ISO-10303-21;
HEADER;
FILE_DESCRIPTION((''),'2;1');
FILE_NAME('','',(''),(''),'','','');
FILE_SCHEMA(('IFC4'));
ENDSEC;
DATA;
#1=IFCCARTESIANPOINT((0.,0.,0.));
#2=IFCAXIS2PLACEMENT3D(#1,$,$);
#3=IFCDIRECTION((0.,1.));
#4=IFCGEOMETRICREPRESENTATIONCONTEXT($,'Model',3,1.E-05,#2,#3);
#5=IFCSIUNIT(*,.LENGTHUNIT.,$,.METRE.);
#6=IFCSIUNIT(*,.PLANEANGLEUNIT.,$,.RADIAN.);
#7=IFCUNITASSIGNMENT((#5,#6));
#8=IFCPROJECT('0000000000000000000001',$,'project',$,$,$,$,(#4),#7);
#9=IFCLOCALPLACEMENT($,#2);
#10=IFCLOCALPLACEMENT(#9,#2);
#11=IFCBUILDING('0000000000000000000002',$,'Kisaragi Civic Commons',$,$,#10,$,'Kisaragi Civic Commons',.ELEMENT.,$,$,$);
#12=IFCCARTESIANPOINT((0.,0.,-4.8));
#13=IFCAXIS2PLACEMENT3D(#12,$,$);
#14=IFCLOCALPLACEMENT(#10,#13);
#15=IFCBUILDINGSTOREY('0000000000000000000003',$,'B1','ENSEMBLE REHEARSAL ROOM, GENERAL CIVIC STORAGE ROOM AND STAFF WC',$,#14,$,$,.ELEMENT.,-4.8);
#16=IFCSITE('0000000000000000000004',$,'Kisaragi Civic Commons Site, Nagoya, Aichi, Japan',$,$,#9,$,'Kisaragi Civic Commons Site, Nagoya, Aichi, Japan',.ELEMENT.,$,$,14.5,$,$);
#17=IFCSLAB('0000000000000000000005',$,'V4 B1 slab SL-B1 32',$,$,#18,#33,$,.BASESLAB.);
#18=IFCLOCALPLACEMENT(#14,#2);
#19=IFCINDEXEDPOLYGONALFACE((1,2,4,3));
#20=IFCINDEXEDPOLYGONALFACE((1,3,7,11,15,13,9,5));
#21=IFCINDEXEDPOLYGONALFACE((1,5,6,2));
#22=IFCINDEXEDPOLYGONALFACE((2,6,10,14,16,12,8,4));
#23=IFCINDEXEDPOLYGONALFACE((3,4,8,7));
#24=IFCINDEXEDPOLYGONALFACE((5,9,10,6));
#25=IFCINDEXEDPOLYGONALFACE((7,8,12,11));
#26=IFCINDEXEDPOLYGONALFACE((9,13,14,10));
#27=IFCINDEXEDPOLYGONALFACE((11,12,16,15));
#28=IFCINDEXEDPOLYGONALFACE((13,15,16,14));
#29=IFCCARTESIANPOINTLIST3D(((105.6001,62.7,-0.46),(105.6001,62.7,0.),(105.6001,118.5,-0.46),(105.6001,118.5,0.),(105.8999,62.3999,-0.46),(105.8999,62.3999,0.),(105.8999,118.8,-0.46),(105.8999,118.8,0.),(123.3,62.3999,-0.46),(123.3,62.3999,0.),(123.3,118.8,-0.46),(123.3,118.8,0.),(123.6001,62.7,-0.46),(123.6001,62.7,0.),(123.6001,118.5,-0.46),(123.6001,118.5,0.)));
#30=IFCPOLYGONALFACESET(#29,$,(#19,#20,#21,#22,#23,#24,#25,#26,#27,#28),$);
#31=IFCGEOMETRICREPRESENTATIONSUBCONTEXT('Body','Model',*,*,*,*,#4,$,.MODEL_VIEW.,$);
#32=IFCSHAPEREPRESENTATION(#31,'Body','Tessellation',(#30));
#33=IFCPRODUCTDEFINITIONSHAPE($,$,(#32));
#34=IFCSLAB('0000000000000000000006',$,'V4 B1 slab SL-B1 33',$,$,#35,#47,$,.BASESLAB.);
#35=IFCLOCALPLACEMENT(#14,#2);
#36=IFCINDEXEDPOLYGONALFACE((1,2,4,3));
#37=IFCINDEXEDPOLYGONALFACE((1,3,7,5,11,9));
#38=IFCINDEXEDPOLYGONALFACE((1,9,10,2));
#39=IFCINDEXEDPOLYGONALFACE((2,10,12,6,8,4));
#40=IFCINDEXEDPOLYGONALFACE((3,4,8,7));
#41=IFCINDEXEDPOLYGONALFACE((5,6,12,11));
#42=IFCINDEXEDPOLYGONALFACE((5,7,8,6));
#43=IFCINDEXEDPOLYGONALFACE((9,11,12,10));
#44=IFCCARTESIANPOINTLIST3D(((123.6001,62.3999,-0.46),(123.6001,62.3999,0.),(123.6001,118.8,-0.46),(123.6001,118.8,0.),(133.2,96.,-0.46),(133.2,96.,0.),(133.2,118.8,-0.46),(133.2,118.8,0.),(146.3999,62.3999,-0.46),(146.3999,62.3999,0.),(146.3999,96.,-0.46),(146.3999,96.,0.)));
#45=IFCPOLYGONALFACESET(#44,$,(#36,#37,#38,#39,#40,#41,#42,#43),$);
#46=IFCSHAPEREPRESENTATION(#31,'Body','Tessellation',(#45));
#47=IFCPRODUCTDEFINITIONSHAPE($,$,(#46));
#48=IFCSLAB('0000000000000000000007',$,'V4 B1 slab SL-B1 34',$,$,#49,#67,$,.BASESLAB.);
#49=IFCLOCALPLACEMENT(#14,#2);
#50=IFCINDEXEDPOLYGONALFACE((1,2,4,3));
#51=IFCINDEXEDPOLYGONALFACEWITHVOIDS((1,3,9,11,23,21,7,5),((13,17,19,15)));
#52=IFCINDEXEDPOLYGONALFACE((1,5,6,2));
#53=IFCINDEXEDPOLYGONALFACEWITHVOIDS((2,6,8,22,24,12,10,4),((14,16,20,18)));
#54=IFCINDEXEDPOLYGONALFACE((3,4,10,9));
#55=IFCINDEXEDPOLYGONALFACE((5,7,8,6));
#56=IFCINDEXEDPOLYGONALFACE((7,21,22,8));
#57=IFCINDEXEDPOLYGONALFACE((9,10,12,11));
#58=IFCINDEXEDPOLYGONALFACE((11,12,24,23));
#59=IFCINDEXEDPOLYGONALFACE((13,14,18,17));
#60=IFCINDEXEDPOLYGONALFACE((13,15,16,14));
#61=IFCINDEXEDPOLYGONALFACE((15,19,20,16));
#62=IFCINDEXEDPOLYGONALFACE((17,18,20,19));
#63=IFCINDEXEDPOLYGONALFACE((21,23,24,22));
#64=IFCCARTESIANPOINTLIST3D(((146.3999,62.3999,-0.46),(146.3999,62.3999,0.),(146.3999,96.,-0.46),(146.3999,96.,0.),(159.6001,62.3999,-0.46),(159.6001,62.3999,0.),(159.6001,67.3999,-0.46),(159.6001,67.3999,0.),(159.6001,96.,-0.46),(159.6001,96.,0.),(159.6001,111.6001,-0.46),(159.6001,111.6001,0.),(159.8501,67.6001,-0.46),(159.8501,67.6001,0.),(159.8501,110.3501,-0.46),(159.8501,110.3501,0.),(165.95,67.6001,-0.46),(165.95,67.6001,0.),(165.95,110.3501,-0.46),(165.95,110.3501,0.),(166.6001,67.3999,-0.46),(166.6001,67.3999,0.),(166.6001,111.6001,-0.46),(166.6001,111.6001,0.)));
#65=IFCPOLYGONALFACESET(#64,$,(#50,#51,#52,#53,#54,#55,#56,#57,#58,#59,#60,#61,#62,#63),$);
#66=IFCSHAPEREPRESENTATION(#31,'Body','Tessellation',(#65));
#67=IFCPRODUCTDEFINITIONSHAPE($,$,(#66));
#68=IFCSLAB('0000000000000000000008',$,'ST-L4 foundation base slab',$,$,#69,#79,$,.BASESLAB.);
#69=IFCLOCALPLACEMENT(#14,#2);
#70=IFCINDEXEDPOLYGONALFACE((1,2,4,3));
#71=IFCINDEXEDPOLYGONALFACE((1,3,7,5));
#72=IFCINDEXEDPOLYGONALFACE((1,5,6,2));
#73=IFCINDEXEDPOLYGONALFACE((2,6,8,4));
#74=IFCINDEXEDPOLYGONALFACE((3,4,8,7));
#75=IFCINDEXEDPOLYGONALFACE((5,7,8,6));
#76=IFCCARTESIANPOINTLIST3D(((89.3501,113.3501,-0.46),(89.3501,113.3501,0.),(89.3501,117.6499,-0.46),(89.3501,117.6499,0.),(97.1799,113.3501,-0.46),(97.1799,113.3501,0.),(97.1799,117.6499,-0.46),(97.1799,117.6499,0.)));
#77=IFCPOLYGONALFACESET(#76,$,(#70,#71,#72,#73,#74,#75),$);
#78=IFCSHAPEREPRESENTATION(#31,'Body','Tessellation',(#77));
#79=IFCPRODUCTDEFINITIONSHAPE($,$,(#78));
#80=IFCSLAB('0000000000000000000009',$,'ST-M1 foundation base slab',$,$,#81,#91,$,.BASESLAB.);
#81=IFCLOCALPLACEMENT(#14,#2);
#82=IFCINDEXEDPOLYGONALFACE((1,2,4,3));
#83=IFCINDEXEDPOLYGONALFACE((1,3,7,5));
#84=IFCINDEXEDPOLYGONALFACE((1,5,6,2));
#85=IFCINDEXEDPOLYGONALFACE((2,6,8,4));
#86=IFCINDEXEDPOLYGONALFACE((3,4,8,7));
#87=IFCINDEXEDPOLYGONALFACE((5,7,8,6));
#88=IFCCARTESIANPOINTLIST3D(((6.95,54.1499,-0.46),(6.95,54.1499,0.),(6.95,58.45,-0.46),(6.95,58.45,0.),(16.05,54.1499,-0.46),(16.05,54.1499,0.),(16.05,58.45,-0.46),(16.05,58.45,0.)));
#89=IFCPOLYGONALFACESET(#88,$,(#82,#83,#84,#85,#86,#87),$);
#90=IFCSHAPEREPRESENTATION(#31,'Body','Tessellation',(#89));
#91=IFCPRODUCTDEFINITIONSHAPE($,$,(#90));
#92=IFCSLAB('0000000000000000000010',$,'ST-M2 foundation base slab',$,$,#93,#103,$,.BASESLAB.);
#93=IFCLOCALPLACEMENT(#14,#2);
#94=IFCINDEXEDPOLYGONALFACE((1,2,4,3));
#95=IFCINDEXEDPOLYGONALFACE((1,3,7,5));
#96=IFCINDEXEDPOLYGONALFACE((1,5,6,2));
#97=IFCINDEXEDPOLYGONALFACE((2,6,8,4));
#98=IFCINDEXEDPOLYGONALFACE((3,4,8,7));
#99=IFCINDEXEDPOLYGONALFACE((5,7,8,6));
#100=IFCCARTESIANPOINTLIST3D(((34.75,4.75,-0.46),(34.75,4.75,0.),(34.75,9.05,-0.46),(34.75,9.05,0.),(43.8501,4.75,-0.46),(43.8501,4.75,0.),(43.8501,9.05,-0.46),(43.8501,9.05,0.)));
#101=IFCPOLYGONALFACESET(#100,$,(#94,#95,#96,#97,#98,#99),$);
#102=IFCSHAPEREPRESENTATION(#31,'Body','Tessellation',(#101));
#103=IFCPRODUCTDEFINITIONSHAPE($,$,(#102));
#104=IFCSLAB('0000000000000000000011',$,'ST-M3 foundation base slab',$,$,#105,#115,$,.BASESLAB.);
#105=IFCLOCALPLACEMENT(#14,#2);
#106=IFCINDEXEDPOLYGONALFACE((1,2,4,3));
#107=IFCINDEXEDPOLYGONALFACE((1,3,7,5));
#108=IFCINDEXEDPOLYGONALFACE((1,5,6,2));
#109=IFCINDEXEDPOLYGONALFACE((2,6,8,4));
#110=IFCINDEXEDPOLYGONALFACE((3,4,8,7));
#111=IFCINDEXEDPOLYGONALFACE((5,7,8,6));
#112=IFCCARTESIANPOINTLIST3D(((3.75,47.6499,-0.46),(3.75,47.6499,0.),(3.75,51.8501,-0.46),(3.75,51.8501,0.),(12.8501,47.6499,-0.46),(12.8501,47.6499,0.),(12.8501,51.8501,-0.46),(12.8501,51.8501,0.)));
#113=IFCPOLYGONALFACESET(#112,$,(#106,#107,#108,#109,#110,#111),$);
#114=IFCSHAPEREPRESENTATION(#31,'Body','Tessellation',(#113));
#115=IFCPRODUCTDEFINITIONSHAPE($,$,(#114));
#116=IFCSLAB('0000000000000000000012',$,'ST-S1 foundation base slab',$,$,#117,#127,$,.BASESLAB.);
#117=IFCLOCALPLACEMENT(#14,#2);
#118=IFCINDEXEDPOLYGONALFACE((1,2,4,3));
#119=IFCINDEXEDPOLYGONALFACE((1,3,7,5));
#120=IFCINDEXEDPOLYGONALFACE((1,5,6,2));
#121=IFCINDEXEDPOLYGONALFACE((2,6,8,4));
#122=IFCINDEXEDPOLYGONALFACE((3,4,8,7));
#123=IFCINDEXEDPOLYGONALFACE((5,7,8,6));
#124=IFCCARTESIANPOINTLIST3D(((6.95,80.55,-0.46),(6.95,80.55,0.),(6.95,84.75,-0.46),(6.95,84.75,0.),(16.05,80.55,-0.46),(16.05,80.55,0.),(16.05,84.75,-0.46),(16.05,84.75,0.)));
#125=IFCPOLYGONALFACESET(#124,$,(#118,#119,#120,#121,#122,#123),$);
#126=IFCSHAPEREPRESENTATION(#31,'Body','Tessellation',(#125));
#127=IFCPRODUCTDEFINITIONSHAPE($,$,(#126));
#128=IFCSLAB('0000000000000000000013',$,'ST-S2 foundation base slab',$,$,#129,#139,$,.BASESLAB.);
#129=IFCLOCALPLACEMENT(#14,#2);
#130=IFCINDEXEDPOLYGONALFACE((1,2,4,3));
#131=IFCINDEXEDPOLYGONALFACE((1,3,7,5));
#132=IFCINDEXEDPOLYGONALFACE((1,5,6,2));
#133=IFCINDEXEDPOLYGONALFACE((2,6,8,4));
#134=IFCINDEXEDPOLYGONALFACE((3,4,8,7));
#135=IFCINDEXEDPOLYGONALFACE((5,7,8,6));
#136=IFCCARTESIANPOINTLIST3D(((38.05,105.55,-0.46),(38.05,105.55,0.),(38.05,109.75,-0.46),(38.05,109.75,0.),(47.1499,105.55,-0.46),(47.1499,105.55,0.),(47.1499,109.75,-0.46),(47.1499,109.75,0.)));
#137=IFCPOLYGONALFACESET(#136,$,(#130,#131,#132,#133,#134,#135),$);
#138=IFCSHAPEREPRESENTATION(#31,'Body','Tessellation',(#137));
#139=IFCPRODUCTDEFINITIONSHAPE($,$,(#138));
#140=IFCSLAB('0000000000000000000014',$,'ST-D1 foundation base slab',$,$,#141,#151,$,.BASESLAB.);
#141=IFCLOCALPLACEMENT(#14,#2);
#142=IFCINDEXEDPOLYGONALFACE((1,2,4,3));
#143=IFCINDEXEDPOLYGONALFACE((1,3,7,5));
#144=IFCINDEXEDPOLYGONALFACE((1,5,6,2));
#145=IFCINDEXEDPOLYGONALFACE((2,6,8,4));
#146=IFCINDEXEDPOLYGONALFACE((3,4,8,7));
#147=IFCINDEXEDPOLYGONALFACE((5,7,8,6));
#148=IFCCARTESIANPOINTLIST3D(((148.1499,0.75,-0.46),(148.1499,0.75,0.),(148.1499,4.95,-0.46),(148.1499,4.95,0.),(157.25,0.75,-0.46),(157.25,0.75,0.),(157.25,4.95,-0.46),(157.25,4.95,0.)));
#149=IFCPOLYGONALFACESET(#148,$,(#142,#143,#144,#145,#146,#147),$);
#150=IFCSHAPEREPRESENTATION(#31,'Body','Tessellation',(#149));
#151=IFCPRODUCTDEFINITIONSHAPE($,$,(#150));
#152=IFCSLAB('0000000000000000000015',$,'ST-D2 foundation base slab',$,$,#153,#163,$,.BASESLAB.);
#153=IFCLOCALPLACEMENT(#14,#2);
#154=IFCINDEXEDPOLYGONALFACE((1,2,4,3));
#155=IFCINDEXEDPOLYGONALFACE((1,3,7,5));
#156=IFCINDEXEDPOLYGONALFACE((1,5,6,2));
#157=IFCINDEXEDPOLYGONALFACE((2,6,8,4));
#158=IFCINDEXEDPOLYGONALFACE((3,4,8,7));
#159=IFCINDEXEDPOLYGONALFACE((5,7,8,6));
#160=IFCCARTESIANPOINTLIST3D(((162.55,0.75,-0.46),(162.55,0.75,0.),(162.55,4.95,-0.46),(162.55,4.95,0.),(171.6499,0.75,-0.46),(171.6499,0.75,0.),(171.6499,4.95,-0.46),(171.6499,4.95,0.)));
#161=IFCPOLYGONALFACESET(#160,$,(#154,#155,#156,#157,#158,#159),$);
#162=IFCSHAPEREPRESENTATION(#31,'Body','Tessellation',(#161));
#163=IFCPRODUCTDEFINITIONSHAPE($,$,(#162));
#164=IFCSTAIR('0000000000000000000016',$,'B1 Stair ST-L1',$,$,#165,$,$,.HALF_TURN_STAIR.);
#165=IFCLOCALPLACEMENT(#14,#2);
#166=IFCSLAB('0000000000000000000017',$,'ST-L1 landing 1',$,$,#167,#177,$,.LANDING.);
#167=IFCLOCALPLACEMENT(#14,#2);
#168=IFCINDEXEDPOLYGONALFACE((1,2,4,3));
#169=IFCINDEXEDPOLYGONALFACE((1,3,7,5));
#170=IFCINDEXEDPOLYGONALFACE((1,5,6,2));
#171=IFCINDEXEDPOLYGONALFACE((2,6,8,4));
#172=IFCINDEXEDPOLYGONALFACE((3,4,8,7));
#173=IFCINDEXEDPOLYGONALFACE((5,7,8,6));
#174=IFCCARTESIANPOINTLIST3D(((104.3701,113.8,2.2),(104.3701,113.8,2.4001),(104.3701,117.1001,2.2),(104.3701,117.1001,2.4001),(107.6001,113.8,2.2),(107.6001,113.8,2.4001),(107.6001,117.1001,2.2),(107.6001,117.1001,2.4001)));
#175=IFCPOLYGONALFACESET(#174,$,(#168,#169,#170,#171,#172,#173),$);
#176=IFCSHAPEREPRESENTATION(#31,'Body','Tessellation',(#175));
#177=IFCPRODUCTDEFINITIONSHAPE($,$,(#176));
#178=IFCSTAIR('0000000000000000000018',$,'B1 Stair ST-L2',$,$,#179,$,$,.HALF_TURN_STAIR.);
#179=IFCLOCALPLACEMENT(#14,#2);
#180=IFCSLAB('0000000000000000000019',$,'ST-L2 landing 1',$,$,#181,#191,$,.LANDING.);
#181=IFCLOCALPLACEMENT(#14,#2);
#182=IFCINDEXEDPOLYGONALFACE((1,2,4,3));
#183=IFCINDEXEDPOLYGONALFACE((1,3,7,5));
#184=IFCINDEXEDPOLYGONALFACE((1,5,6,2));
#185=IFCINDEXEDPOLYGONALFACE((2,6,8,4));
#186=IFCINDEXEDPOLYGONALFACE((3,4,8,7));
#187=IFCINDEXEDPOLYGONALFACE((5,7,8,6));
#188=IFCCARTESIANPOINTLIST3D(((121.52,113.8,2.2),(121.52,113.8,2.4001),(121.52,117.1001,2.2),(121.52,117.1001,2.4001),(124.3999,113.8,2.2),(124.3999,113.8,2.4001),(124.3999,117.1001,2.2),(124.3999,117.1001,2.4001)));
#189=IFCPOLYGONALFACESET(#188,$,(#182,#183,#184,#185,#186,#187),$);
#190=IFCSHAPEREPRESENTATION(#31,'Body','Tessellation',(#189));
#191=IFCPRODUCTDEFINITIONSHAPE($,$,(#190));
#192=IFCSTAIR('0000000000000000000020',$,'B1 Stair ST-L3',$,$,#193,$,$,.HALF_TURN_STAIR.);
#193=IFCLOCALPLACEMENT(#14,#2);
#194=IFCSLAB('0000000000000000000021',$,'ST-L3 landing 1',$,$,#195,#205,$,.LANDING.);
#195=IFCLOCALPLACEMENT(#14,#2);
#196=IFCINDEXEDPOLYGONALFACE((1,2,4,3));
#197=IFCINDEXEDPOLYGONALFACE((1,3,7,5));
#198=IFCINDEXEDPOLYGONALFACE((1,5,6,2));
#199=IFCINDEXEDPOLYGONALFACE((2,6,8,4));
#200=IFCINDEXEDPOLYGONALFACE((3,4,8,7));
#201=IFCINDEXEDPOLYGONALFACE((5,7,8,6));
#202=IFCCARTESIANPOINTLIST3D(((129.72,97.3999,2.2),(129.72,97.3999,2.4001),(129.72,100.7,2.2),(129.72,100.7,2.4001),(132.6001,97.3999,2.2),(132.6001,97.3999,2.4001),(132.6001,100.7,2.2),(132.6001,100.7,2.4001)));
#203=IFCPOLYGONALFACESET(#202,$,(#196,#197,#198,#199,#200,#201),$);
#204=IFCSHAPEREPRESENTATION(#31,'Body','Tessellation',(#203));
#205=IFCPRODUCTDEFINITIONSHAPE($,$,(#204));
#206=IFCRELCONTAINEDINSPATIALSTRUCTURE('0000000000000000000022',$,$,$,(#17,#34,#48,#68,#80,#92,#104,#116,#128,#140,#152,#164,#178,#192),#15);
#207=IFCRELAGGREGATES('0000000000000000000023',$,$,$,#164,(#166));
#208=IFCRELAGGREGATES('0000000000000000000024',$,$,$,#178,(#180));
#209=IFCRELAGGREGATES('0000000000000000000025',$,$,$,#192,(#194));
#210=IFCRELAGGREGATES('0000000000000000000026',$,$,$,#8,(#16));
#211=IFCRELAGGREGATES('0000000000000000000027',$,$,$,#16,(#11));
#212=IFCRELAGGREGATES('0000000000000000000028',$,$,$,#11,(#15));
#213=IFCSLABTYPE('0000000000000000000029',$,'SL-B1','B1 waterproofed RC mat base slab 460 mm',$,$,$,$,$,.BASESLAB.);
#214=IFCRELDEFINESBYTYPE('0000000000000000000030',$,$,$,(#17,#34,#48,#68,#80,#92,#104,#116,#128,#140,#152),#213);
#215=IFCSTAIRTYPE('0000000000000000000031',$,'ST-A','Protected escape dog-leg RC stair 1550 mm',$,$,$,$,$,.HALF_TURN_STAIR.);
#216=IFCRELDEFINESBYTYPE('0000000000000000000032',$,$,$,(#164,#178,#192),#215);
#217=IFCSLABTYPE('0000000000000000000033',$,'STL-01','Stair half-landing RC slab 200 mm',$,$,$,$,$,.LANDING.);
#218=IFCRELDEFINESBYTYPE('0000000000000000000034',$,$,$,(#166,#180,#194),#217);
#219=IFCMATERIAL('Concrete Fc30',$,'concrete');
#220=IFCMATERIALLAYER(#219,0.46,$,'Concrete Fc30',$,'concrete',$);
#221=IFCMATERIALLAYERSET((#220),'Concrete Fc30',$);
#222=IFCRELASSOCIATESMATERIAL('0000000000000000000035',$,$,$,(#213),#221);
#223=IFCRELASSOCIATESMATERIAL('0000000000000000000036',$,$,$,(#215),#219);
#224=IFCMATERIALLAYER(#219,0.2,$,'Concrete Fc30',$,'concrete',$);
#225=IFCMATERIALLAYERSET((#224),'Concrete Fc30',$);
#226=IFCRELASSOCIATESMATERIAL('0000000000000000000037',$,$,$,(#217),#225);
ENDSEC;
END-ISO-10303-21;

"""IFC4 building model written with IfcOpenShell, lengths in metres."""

from ifc_helpers import new_model, si_unit, direction, frame, origin, place, context, subcontext, project, spatial, polyline, outline, extrude, material, layer, layer_set, type_object, element, aggregate, save


model = new_model("IFC4")

# Units and contexts
model_context = context("Model", 3, precision=1e-05, world=origin(), true_north=direction((0.0, 1.0)))
body_context = subcontext(model_context, "Body", "Model", "MODEL_VIEW")
ifc_project = project(units=[si_unit("LENGTHUNIT", "METRE"), si_unit("PLANEANGLEUNIT", "RADIAN")], contexts=[model_context])

# Site, building, storey
site_placement = place(None, origin())
site = spatial("IfcSite", under=ifc_project, at=site_placement, Name="Kisaragi Civic Commons Site, Nagoya, Aichi, Japan", LongName="Kisaragi Civic Commons Site, Nagoya, Aichi, Japan", CompositionType="ELEMENT", RefElevation=14.5)
building_placement = place(site_placement, origin())
building = spatial("IfcBuilding", under=site, at=building_placement, Name="Kisaragi Civic Commons", LongName="Kisaragi Civic Commons", CompositionType="ELEMENT")
storey_placement = place(building_placement, frame((0.0, 0.0, -4.8)))
storey = spatial("IfcBuildingStorey", under=building, at=storey_placement, Name="B1", Description="ENSEMBLE REHEARSAL ROOM, GENERAL CIVIC STORAGE ROOM AND STAFF WC", CompositionType="ELEMENT", Elevation=-4.8)

# Shared definitions
ifc_material_1 = material(Name="Concrete Fc30", Category="concrete")

# Slabs
ifc_layer_1 = layer(ifc_material_1, 0.46, Name="Concrete Fc30", Category="concrete")
ifc_layer_set_1 = layer_set([ifc_layer_1], Name="Concrete Fc30")
slab_type_1 = type_object("IfcSlabType", Name="SL-B1", Description="B1 waterproofed RC mat base slab 460 mm", PredefinedType="BASESLAB", material=ifc_layer_set_1)
slab_1_placement = place(storey_placement, frame((0.0, 0.0, -0.46)))
element("IfcSlab", 1, at=slab_1_placement, inside=storey, type_object=slab_type_1, Name="V4 B1 slab SL-B1 32", PredefinedType="BASESLAB", context=body_context, shape_type="SweptSolid", body=[
    extrude(outline(polyline([(105.8999, 62.3999), (123.3, 62.3999), (123.6001, 62.7), (123.6001, 118.5), (123.3, 118.8), (105.8999, 118.8), (105.6001, 118.5), (105.6001, 62.7), (105.8999, 62.3999)])), origin(), (0.0, 0.0, 1.0), 0.46),
])
slab_2_placement = place(storey_placement, frame((0.0, 0.0, -0.46)))
element("IfcSlab", 2, at=slab_2_placement, inside=storey, type_object=slab_type_1, Name="V4 B1 slab SL-B1 33", PredefinedType="BASESLAB", context=body_context, shape_type="SweptSolid", body=[
    extrude(outline(polyline([(123.6001, 118.8), (123.6001, 62.3999), (146.3999, 62.3999), (146.3999, 96.0), (133.2, 96.0), (133.2, 118.8), (123.6001, 118.8)])), origin(), (0.0, 0.0, 1.0), 0.46),
])
slab_3_placement = place(storey_placement, frame((0.0, 0.0, -0.46)))
element("IfcSlab", 3, at=slab_3_placement, inside=storey, type_object=slab_type_1, Name="V4 B1 slab SL-B1 34", PredefinedType="BASESLAB", context=body_context, shape_type="SweptSolid", body=[
    extrude(outline(polyline([(146.3999, 96.0), (146.3999, 62.3999), (159.6001, 62.3999), (159.6001, 67.3999), (166.6001, 67.3999), (166.6001, 111.6001), (159.6001, 111.6001), (159.6001, 96.0), (146.3999, 96.0)]), holes=[polyline([(165.95, 110.3501), (159.8501, 110.3501), (159.8501, 67.6001), (165.95, 67.6001), (165.95, 110.3501)])]), origin(), (0.0, 0.0, 1.0), 0.46),
])
slab_4_placement = place(storey_placement, frame((0.0, 0.0, -0.46)))
element("IfcSlab", 4, at=slab_4_placement, inside=storey, type_object=slab_type_1, Name="ST-L4 foundation base slab", PredefinedType="BASESLAB", context=body_context, shape_type="SweptSolid", body=[
    extrude(outline(polyline([(97.1799, 113.3501), (97.1799, 117.6499), (89.3501, 117.6499), (89.3501, 113.3501), (97.1799, 113.3501)])), origin(), (0.0, 0.0, 1.0), 0.46),
])
slab_5_placement = place(storey_placement, frame((0.0, 0.0, -0.46)))
element("IfcSlab", 5, at=slab_5_placement, inside=storey, type_object=slab_type_1, Name="ST-M1 foundation base slab", PredefinedType="BASESLAB", context=body_context, shape_type="SweptSolid", body=[
    extrude(outline(polyline([(6.95, 54.1499), (16.05, 54.1499), (16.05, 58.45), (6.95, 58.45), (6.95, 54.1499)])), origin(), (0.0, 0.0, 1.0), 0.46),
])
slab_6_placement = place(storey_placement, frame((0.0, 0.0, -0.46)))
element("IfcSlab", 6, at=slab_6_placement, inside=storey, type_object=slab_type_1, Name="ST-M2 foundation base slab", PredefinedType="BASESLAB", context=body_context, shape_type="SweptSolid", body=[
    extrude(outline(polyline([(34.75, 4.75), (43.8501, 4.75), (43.8501, 9.05), (34.75, 9.05), (34.75, 4.75)])), origin(), (0.0, 0.0, 1.0), 0.46),
])
slab_7_placement = place(storey_placement, frame((0.0, 0.0, -0.46)))
element("IfcSlab", 7, at=slab_7_placement, inside=storey, type_object=slab_type_1, Name="ST-M3 foundation base slab", PredefinedType="BASESLAB", context=body_context, shape_type="SweptSolid", body=[
    extrude(outline(polyline([(3.75, 47.6499), (12.8501, 47.6499), (12.8501, 51.8501), (3.75, 51.8501), (3.75, 47.6499)])), origin(), (0.0, 0.0, 1.0), 0.46),
])
slab_8_placement = place(storey_placement, frame((0.0, 0.0, -0.46)))
element("IfcSlab", 8, at=slab_8_placement, inside=storey, type_object=slab_type_1, Name="ST-S1 foundation base slab", PredefinedType="BASESLAB", context=body_context, shape_type="SweptSolid", body=[
    extrude(outline(polyline([(6.95, 80.55), (16.05, 80.55), (16.05, 84.75), (6.95, 84.75), (6.95, 80.55)])), origin(), (0.0, 0.0, 1.0), 0.46),
])
slab_9_placement = place(storey_placement, frame((0.0, 0.0, -0.46)))
element("IfcSlab", 9, at=slab_9_placement, inside=storey, type_object=slab_type_1, Name="ST-S2 foundation base slab", PredefinedType="BASESLAB", context=body_context, shape_type="SweptSolid", body=[
    extrude(outline(polyline([(38.05, 105.55), (47.1499, 105.55), (47.1499, 109.75), (38.05, 109.75), (38.05, 105.55)])), origin(), (0.0, 0.0, 1.0), 0.46),
])
slab_10_placement = place(storey_placement, frame((0.0, 0.0, -0.46)))
element("IfcSlab", 10, at=slab_10_placement, inside=storey, type_object=slab_type_1, Name="ST-D1 foundation base slab", PredefinedType="BASESLAB", context=body_context, shape_type="SweptSolid", body=[
    extrude(outline(polyline([(148.1499, 0.75), (157.25, 0.75), (157.25, 4.95), (148.1499, 4.95), (148.1499, 0.75)])), origin(), (0.0, 0.0, 1.0), 0.46),
])
slab_11_placement = place(storey_placement, frame((0.0, 0.0, -0.46)))
element("IfcSlab", 11, at=slab_11_placement, inside=storey, type_object=slab_type_1, Name="ST-D2 foundation base slab", PredefinedType="BASESLAB", context=body_context, shape_type="SweptSolid", body=[
    extrude(outline(polyline([(162.55, 0.75), (171.6499, 0.75), (171.6499, 4.95), (162.55, 4.95), (162.55, 0.75)])), origin(), (0.0, 0.0, 1.0), 0.46),
])

# Stairs, slabs
stair_type = type_object("IfcStairType", Name="ST-A", Description="Protected escape dog-leg RC stair 1550 mm", PredefinedType="HALF_TURN_STAIR", material=ifc_material_1)
stair_1_placement = place(storey_placement, origin())
stair_1 = element("IfcStair", 12, at=stair_1_placement, inside=storey, type_object=stair_type, Name="B1 Stair ST-L1", PredefinedType="HALF_TURN_STAIR")
ifc_layer_2 = layer(ifc_material_1, 0.2, Name="Concrete Fc30", Category="concrete")
ifc_layer_set_2 = layer_set([ifc_layer_2], Name="Concrete Fc30")
slab_type_2 = type_object("IfcSlabType", Name="STL-01", Description="Stair half-landing RC slab 200 mm", PredefinedType="LANDING", material=ifc_layer_set_2)
slab_12_placement = place(storey_placement, frame((0.0, 0.0, 2.2)))
slab_12 = element("IfcSlab", 13, at=slab_12_placement, type_object=slab_type_2, Name="ST-L1 landing 1", PredefinedType="LANDING", context=body_context, shape_type="SweptSolid", body=[
    extrude(outline(polyline([(104.3701, 113.8), (107.6001, 113.8), (107.6001, 117.1001), (104.3701, 117.1001), (104.3701, 113.8)])), origin(), (0.0, 0.0, 1.0), 0.2002),
])
aggregate(stair_1, [slab_12])
stair_2_placement = place(storey_placement, origin())
stair_2 = element("IfcStair", 14, at=stair_2_placement, inside=storey, type_object=stair_type, Name="B1 Stair ST-L2", PredefinedType="HALF_TURN_STAIR")
slab_13_placement = place(storey_placement, frame((0.0, 0.0, 2.2)))
slab_13 = element("IfcSlab", 15, at=slab_13_placement, type_object=slab_type_2, Name="ST-L2 landing 1", PredefinedType="LANDING", context=body_context, shape_type="SweptSolid", body=[
    extrude(outline(polyline([(121.52, 113.8), (124.3999, 113.8), (124.3999, 117.1001), (121.52, 117.1001), (121.52, 113.8)])), origin(), (0.0, 0.0, 1.0), 0.2002),
])
aggregate(stair_2, [slab_13])
stair_3_placement = place(storey_placement, origin())
stair_3 = element("IfcStair", 16, at=stair_3_placement, inside=storey, type_object=stair_type, Name="B1 Stair ST-L3", PredefinedType="HALF_TURN_STAIR")
slab_14_placement = place(storey_placement, frame((0.0, 0.0, 2.2)))
slab_14 = element("IfcSlab", 17, at=slab_14_placement, type_object=slab_type_2, Name="ST-L3 landing 1", PredefinedType="LANDING", context=body_context, shape_type="SweptSolid", body=[
    extrude(outline(polyline([(129.72, 97.3999), (132.6001, 97.3999), (132.6001, 100.7), (129.72, 100.7), (129.72, 97.3999)])), origin(), (0.0, 0.0, 1.0), 0.2002),
])
aggregate(stair_3, [slab_14])

save(model, "model.ifc")
